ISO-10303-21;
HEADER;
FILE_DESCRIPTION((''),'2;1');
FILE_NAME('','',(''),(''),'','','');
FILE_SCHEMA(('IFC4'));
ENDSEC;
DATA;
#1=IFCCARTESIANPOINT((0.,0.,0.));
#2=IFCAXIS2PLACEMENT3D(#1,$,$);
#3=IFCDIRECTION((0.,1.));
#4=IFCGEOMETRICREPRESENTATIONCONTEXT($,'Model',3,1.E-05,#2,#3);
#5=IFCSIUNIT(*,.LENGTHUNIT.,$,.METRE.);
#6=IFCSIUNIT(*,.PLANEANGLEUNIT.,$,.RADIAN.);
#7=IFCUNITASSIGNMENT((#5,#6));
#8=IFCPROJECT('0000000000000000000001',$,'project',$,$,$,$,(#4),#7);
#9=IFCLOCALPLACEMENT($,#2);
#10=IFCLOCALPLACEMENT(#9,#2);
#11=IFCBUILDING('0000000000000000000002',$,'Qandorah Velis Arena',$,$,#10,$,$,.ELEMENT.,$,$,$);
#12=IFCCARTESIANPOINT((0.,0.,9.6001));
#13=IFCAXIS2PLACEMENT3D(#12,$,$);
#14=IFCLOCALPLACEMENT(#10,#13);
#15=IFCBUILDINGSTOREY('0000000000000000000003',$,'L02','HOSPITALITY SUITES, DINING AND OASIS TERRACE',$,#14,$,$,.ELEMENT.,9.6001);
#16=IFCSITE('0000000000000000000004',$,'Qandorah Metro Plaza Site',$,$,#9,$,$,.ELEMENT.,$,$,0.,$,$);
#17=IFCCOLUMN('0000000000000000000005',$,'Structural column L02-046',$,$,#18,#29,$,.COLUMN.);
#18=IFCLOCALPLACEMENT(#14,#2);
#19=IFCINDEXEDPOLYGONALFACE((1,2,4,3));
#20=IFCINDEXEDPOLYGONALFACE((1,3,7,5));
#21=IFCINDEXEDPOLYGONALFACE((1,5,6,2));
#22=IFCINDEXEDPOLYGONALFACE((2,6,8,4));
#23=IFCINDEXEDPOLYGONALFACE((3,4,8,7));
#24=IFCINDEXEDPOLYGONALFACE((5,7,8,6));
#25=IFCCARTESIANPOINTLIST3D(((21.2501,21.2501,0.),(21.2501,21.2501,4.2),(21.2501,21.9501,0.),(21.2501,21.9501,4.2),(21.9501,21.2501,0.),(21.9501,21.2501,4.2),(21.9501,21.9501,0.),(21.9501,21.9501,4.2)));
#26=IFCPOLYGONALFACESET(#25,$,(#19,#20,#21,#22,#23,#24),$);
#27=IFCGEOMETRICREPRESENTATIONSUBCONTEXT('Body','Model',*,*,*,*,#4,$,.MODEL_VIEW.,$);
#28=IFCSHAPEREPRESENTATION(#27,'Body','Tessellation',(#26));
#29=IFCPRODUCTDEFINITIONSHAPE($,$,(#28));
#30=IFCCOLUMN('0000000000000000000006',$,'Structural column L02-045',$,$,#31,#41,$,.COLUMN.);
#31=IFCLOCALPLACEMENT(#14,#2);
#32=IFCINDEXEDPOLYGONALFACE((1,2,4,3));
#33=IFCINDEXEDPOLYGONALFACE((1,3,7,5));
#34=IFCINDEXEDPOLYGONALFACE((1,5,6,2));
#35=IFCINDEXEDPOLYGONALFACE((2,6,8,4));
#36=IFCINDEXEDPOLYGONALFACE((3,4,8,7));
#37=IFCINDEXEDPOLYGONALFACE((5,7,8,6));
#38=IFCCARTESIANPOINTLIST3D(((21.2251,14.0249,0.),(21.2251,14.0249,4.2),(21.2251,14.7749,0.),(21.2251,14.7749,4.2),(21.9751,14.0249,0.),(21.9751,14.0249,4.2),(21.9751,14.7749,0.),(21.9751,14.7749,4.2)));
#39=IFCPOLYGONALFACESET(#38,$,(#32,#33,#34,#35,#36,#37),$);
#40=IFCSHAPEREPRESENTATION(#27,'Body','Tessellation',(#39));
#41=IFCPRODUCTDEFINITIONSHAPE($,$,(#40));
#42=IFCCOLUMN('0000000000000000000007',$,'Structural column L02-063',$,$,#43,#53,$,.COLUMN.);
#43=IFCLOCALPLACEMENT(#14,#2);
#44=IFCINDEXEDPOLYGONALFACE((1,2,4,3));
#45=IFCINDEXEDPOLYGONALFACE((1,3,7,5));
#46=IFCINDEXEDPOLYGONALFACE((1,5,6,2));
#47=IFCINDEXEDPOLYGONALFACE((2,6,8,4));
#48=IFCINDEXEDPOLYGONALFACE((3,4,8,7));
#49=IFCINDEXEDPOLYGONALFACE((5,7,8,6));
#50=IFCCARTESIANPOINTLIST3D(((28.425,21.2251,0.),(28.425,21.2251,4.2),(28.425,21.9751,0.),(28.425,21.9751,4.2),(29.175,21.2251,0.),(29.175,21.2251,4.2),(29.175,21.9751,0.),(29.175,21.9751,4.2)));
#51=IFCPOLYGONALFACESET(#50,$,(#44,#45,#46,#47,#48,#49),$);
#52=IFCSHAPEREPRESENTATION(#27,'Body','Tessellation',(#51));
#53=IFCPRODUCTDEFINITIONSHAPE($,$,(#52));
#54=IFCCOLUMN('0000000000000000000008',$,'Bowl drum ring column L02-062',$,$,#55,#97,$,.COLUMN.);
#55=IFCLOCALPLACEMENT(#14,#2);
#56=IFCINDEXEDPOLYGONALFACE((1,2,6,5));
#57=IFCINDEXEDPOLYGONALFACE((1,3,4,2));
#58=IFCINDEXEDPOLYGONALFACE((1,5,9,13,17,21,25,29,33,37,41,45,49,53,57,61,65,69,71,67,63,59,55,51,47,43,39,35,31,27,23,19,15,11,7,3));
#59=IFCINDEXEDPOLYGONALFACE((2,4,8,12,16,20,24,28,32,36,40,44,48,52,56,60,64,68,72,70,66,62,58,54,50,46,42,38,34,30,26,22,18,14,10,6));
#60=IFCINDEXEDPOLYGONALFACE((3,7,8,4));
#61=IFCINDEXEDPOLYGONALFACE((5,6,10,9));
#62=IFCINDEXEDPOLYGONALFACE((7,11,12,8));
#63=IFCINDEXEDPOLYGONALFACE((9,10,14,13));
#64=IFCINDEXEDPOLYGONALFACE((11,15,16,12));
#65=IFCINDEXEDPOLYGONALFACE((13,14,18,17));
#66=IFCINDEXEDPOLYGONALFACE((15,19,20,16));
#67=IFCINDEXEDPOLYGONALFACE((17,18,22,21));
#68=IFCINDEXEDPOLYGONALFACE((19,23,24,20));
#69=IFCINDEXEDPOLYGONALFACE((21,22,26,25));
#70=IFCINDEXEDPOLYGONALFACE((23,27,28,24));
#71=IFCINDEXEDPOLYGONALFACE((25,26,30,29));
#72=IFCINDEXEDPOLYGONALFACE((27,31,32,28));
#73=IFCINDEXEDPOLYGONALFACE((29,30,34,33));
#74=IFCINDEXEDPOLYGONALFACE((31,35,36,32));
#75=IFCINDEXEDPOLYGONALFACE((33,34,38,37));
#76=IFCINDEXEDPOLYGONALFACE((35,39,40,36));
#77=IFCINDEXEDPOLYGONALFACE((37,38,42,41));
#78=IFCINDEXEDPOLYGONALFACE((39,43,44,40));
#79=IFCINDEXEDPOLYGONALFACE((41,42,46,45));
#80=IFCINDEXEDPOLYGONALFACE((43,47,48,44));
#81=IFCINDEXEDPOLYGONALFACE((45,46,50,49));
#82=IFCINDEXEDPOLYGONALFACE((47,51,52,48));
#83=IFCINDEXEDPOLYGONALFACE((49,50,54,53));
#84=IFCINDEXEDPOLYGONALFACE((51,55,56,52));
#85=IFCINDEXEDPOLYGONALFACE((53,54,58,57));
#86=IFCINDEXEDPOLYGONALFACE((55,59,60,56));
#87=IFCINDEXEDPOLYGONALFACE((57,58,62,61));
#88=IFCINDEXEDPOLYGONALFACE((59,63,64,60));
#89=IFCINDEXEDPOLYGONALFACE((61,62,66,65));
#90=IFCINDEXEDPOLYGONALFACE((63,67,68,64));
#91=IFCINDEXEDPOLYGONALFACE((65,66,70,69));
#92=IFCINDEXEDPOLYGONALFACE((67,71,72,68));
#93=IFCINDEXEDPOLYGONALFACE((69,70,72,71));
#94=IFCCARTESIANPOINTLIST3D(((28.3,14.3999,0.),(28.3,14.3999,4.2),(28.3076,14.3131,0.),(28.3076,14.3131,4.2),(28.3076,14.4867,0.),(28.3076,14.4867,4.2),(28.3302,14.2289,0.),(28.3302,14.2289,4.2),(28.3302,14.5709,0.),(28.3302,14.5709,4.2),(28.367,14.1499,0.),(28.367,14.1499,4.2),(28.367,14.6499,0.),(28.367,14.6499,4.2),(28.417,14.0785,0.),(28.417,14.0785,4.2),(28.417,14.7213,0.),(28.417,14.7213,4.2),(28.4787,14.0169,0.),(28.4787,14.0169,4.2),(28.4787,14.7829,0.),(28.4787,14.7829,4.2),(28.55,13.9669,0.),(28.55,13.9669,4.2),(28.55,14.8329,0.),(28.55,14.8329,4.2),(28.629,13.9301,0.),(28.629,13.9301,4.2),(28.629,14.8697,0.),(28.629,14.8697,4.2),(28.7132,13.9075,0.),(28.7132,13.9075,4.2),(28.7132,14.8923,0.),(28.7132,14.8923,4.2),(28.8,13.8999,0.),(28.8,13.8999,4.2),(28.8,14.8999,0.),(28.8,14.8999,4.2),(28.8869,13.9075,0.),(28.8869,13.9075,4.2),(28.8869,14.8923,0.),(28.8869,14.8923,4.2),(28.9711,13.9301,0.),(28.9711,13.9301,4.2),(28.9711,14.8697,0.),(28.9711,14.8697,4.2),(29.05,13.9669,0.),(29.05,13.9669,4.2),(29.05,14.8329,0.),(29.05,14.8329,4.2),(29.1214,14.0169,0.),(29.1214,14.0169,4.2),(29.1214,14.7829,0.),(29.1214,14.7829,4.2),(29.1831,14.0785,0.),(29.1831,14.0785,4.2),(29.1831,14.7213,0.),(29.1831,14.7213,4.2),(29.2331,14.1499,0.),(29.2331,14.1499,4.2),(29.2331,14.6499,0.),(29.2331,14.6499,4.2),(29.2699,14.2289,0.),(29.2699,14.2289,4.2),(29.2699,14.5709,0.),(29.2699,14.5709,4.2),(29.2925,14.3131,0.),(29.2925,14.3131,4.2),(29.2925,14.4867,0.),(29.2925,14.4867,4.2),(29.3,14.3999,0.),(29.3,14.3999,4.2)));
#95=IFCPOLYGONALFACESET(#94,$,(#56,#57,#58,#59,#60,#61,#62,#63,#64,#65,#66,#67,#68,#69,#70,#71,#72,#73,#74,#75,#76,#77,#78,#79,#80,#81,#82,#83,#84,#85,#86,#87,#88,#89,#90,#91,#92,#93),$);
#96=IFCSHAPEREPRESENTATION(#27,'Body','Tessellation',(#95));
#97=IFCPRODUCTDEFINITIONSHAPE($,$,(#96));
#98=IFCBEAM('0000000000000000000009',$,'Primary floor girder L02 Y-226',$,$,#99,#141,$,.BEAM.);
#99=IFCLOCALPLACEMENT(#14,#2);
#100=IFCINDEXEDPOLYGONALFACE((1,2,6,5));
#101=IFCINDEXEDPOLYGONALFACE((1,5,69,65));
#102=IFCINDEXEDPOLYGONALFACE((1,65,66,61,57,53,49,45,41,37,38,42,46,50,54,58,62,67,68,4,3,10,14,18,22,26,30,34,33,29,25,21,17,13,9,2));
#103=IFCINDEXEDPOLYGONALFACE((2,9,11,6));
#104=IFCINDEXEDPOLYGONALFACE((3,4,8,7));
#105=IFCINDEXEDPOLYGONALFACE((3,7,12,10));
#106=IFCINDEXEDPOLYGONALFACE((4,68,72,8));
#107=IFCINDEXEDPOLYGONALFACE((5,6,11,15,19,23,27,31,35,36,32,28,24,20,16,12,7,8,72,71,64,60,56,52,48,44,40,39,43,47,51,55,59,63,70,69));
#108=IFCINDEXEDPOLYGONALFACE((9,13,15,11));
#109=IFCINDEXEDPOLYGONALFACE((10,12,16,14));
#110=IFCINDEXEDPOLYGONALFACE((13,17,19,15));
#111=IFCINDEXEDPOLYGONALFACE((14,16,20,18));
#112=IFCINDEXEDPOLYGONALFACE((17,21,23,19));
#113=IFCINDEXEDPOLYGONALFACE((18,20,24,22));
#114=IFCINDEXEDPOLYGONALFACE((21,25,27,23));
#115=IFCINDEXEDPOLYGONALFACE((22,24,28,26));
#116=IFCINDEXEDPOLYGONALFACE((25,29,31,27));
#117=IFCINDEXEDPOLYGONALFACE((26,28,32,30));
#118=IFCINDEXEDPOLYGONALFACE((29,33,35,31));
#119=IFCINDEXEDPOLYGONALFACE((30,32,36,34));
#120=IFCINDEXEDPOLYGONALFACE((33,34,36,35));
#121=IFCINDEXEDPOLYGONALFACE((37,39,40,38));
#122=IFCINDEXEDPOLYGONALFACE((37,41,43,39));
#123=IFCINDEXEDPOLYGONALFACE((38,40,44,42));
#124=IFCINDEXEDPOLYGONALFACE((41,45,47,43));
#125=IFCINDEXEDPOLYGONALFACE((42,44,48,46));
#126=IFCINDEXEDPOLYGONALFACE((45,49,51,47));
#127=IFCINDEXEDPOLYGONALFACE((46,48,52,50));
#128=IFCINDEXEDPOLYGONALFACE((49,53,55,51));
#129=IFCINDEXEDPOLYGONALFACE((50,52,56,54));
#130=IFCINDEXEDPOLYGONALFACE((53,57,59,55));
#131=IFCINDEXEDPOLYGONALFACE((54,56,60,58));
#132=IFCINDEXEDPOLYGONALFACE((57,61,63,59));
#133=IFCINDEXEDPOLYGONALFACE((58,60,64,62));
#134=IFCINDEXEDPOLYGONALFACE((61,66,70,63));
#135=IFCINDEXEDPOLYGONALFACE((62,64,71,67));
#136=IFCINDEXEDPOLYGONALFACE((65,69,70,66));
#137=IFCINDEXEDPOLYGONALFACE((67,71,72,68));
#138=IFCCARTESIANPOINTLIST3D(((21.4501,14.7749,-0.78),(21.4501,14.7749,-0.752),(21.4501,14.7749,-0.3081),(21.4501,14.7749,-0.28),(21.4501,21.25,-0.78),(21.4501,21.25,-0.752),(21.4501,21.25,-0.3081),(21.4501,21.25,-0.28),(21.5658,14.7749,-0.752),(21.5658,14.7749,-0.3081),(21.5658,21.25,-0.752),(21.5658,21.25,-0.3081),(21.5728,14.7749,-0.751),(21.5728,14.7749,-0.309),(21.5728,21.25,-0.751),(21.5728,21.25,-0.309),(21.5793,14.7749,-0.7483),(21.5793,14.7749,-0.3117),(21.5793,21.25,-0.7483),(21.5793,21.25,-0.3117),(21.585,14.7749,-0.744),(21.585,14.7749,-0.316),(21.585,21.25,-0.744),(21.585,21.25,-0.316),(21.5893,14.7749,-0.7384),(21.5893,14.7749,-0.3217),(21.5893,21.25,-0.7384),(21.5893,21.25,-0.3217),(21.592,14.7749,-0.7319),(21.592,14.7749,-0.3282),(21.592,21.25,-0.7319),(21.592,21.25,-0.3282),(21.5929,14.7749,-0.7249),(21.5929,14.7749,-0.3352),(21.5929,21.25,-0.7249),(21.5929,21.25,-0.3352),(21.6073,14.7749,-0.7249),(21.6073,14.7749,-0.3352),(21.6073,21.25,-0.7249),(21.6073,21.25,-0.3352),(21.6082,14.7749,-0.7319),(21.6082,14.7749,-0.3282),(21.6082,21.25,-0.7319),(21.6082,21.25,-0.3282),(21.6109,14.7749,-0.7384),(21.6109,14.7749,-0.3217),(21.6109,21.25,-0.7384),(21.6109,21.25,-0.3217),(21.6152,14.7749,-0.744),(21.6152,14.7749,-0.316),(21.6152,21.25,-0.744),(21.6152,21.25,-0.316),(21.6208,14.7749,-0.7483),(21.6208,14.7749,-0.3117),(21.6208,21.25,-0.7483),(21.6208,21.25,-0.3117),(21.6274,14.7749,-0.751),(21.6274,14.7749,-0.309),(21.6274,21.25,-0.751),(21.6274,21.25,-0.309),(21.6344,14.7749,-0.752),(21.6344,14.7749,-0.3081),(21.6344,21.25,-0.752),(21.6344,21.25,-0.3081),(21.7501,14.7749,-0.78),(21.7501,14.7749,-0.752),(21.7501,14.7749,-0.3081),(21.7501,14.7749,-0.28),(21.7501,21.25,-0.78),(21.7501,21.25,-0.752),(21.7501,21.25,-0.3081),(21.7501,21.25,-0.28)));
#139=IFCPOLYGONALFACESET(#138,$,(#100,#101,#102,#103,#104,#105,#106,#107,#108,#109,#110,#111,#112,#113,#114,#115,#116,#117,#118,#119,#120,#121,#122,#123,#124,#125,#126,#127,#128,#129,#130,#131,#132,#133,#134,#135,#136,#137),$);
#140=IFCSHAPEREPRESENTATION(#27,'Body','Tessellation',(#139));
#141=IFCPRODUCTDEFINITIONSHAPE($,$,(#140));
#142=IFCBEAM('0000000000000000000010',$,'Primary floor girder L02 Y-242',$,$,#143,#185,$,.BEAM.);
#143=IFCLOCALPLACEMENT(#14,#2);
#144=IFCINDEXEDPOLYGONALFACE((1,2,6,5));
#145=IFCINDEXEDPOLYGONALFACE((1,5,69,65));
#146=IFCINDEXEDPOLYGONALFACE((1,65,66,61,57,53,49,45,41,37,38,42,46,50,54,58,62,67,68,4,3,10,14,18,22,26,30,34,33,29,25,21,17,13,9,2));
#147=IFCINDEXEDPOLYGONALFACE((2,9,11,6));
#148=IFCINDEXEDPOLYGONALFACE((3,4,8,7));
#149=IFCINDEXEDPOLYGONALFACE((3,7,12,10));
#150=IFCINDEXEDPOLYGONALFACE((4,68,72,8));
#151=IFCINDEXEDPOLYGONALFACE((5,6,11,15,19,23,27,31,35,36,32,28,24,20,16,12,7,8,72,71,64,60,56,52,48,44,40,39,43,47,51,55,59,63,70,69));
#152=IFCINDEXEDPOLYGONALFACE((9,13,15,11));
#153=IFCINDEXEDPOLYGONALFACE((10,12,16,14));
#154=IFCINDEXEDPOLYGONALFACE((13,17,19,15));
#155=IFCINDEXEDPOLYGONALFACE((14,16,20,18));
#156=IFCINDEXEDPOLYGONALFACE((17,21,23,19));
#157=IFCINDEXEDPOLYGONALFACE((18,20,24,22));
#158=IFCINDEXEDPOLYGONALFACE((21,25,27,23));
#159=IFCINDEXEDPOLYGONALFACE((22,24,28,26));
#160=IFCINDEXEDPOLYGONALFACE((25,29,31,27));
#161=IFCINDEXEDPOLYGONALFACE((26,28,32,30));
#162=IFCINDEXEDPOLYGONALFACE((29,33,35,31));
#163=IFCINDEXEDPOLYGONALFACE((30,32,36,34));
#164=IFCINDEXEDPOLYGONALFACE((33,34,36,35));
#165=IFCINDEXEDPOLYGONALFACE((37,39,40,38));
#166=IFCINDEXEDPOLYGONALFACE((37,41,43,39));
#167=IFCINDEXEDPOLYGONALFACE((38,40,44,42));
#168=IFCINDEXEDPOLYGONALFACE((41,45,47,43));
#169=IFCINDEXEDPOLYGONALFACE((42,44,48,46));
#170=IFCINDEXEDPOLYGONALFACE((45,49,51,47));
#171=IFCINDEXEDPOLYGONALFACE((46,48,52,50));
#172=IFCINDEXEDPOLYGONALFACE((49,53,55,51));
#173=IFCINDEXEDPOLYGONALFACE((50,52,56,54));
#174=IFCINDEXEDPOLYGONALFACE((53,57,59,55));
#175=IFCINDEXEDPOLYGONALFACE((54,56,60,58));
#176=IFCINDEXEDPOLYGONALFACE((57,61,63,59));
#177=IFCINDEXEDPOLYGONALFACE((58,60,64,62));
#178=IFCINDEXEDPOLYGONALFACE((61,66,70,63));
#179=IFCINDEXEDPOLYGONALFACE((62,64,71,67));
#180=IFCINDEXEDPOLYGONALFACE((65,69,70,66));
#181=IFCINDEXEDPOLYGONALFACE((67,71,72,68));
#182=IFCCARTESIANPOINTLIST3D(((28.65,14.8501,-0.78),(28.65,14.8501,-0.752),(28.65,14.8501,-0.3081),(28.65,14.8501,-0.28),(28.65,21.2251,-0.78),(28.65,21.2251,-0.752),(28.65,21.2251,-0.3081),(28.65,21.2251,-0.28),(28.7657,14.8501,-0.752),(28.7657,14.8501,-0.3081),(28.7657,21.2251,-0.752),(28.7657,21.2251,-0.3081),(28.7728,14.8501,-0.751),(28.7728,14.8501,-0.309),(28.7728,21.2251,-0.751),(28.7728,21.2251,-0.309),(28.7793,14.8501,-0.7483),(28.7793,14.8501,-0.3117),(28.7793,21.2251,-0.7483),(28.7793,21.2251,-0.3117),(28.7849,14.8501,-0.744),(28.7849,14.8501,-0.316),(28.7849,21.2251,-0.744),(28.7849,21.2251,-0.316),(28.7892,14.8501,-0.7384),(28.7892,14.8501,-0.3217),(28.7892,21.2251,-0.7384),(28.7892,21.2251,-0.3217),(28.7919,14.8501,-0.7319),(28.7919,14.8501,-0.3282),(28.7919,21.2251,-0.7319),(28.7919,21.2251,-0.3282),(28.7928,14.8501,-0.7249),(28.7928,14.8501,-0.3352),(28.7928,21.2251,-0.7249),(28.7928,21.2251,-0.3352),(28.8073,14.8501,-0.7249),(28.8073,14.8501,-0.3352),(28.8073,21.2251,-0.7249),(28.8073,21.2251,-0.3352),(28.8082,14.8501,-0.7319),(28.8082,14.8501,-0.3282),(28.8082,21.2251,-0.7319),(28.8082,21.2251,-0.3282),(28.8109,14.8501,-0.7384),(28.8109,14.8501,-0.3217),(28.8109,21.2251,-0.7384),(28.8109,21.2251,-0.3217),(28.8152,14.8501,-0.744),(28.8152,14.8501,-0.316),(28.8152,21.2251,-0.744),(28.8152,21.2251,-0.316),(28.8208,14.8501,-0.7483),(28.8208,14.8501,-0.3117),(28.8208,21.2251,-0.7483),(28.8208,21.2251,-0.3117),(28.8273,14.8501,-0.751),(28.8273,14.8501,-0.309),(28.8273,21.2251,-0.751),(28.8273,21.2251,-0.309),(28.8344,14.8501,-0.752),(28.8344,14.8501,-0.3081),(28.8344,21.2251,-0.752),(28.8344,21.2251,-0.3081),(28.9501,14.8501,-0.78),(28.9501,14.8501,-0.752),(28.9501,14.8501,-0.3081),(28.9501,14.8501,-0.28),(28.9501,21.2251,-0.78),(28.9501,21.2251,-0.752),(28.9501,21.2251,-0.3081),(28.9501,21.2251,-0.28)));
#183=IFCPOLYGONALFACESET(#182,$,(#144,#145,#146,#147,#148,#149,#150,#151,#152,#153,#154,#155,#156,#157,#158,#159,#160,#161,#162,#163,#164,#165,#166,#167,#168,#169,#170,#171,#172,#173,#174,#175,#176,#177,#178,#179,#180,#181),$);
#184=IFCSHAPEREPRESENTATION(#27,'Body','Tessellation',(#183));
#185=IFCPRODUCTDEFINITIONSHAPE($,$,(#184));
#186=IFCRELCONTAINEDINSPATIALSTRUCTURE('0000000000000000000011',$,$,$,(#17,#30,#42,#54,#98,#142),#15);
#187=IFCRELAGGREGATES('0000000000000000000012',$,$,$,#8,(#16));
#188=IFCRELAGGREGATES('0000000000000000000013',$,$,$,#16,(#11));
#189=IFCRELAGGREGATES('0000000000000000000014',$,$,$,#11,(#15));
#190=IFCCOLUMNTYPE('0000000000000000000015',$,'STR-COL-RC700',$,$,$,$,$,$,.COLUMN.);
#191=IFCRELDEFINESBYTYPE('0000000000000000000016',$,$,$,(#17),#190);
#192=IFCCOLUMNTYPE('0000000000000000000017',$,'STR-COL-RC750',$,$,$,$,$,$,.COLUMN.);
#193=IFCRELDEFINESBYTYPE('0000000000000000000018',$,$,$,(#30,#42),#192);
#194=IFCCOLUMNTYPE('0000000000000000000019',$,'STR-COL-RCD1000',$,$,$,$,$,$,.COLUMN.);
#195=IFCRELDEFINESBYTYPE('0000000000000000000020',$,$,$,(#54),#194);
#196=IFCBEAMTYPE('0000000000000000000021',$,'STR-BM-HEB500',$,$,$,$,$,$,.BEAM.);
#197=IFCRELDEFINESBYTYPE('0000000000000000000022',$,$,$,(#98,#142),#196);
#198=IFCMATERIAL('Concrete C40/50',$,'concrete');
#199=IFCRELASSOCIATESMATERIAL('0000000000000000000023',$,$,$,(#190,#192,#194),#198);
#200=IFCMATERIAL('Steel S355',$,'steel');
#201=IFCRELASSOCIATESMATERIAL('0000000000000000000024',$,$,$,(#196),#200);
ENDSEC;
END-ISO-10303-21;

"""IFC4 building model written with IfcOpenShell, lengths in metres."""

from ifc_helpers import new_model, si_unit, direction, frame, origin, origin_2d, place, context, subcontext, project, spatial, rectangle, circle, i_section, extrude, material, material_profile, profile_set, type_object, element, save


model = new_model("IFC4")

# Units and contexts
model_context = context("Model", 3, precision=1e-05, world=origin(), true_north=direction((0.0, 1.0)))
body_context = subcontext(model_context, "Body", "Model", "MODEL_VIEW")
ifc_project = project(units=[si_unit("LENGTHUNIT", "METRE"), si_unit("PLANEANGLEUNIT", "RADIAN")], contexts=[model_context])

# Site, building, storey
site_placement = place(None, origin())
site = spatial("IfcSite", under=ifc_project, at=site_placement, Name="Qandorah Metro Plaza Site", CompositionType="ELEMENT", RefElevation=0.0)
building_placement = place(site_placement, origin())
building = spatial("IfcBuilding", under=site, at=building_placement, Name="Qandorah Velis Arena", CompositionType="ELEMENT")
storey_placement = place(building_placement, frame((0.0, 0.0, 9.6001)))
storey = spatial("IfcBuildingStorey", under=building, at=storey_placement, Name="L02", Description="HOSPITALITY SUITES, DINING AND OASIS TERRACE", CompositionType="ELEMENT", Elevation=9.6001)

# Columns
ifc_material_1 = material(Name="Concrete C40/50", Category="concrete")
ifc_material_profile_1 = material_profile(ifc_material_1, rectangle(XDim=0.7, YDim=0.7, at=origin_2d()), Name="RC COL 700x700")
ifc_profile_set_1 = profile_set([ifc_material_profile_1], Name="Concrete C40/50")
column_type_1 = type_object("IfcColumnType", Name="STR-COL-RC700", PredefinedType="COLUMN", material=ifc_profile_set_1)
column_1_placement = place(storey_placement, frame((21.6001, 21.6001, 0.0), z_axis=(0.0, 0.0, 1.0), x_axis=(1.0, 0.0, 0.0)))
element("IfcColumn", 1, at=column_1_placement, inside=storey, type_object=column_type_1, Name="Structural column L02-046", PredefinedType="COLUMN", context=body_context, shape_type="SweptSolid", body=[
    extrude(rectangle(XDim=0.7, YDim=0.7, at=origin_2d()), origin(), (0.0, 0.0, 1.0), 4.2),
])
ifc_material_profile_2 = material_profile(ifc_material_1, rectangle(XDim=0.75, YDim=0.75, at=origin_2d()), Name="RC COL 750x750")
ifc_profile_set_2 = profile_set([ifc_material_profile_2], Name="Concrete C40/50")
column_type_2 = type_object("IfcColumnType", Name="STR-COL-RC750", PredefinedType="COLUMN", material=ifc_profile_set_2)
for number, where, z_axis, x_axis, name in (
    (2, (21.6001, 14.3999, 0.0), (0.0, 0.0, 1.0), (1.0, 0.0, 0.0), "Structural column L02-045"),
    (3, (28.8, 21.6001, 0.0), (0.0, 0.0, 1.0), (1.0, 0.0, 0.0), "Structural column L02-063"),
):
    element("IfcColumn", number, at=place(storey_placement, frame(where, z_axis=z_axis, x_axis=x_axis)), inside=storey, type_object=column_type_2, Name=name, PredefinedType="COLUMN", context=body_context, shape_type="SweptSolid", body=[
        extrude(rectangle(XDim=0.75, YDim=0.75, at=origin_2d()), origin(), (0.0, 0.0, 1.0), 4.2),
    ])
ifc_material_profile_3 = material_profile(ifc_material_1, circle(Radius=0.5, at=origin_2d()), Name="RC D1000")
ifc_profile_set_3 = profile_set([ifc_material_profile_3], Name="Concrete C40/50")
column_type_3 = type_object("IfcColumnType", Name="STR-COL-RCD1000", PredefinedType="COLUMN", material=ifc_profile_set_3)
column_2_placement = place(storey_placement, frame((28.8, 14.3999, 0.0), z_axis=(0.0, 0.0, 1.0), x_axis=(1.0, 0.0, 0.0)))
element("IfcColumn", 4, at=column_2_placement, inside=storey, type_object=column_type_3, Name="Bowl drum ring column L02-062", PredefinedType="COLUMN", context=body_context, shape_type="SweptSolid", body=[
    extrude(circle(Radius=0.5, at=origin_2d()), origin(), (0.0, 0.0, 1.0), 4.2),
])

# Beams
ifc_material_2 = material(Name="Steel S355", Category="steel")
ifc_material_profile_4 = material_profile(ifc_material_2, i_section(OverallWidth=0.3, OverallDepth=0.5, WebThickness=0.0144, FlangeThickness=0.0281, FilletRadius=0.0271, at=origin_2d()), Name="HEB 500")
ifc_profile_set_4 = profile_set([ifc_material_profile_4], Name="Steel S355")
beam_type_1 = type_object("IfcBeamType", Name="STR-BM-HEB500", PredefinedType="BEAM", material=ifc_profile_set_4)
beam_1_placement = place(storey_placement, frame((21.6001, 14.7749, -0.53), z_axis=(0.0, 1.0, 0.0), x_axis=(-1.0, 0.0, 0.0)))
element("IfcBeam", 5, at=beam_1_placement, inside=storey, type_object=beam_type_1, Name="Primary floor girder L02 Y-226", PredefinedType="BEAM", context=body_context, shape_type="SweptSolid", body=[
    extrude(i_section(OverallWidth=0.3, OverallDepth=0.5, WebThickness=0.0144, FlangeThickness=0.0281, FilletRadius=0.0271, at=origin_2d()), origin(), (0.0, 0.0, 1.0), 6.4751),
])
beam_2_placement = place(storey_placement, frame((28.8, 14.8501, -0.53), z_axis=(0.0, 1.0, 0.0), x_axis=(-1.0, 0.0, 0.0)))
element("IfcBeam", 6, at=beam_2_placement, inside=storey, type_object=beam_type_1, Name="Primary floor girder L02 Y-242", PredefinedType="BEAM", context=body_context, shape_type="SweptSolid", body=[
    extrude(i_section(OverallWidth=0.3, OverallDepth=0.5, WebThickness=0.0144, FlangeThickness=0.0281, FilletRadius=0.0271, at=origin_2d()), origin(), (0.0, 0.0, 1.0), 6.375),
])

save(model, "model.ifc")
